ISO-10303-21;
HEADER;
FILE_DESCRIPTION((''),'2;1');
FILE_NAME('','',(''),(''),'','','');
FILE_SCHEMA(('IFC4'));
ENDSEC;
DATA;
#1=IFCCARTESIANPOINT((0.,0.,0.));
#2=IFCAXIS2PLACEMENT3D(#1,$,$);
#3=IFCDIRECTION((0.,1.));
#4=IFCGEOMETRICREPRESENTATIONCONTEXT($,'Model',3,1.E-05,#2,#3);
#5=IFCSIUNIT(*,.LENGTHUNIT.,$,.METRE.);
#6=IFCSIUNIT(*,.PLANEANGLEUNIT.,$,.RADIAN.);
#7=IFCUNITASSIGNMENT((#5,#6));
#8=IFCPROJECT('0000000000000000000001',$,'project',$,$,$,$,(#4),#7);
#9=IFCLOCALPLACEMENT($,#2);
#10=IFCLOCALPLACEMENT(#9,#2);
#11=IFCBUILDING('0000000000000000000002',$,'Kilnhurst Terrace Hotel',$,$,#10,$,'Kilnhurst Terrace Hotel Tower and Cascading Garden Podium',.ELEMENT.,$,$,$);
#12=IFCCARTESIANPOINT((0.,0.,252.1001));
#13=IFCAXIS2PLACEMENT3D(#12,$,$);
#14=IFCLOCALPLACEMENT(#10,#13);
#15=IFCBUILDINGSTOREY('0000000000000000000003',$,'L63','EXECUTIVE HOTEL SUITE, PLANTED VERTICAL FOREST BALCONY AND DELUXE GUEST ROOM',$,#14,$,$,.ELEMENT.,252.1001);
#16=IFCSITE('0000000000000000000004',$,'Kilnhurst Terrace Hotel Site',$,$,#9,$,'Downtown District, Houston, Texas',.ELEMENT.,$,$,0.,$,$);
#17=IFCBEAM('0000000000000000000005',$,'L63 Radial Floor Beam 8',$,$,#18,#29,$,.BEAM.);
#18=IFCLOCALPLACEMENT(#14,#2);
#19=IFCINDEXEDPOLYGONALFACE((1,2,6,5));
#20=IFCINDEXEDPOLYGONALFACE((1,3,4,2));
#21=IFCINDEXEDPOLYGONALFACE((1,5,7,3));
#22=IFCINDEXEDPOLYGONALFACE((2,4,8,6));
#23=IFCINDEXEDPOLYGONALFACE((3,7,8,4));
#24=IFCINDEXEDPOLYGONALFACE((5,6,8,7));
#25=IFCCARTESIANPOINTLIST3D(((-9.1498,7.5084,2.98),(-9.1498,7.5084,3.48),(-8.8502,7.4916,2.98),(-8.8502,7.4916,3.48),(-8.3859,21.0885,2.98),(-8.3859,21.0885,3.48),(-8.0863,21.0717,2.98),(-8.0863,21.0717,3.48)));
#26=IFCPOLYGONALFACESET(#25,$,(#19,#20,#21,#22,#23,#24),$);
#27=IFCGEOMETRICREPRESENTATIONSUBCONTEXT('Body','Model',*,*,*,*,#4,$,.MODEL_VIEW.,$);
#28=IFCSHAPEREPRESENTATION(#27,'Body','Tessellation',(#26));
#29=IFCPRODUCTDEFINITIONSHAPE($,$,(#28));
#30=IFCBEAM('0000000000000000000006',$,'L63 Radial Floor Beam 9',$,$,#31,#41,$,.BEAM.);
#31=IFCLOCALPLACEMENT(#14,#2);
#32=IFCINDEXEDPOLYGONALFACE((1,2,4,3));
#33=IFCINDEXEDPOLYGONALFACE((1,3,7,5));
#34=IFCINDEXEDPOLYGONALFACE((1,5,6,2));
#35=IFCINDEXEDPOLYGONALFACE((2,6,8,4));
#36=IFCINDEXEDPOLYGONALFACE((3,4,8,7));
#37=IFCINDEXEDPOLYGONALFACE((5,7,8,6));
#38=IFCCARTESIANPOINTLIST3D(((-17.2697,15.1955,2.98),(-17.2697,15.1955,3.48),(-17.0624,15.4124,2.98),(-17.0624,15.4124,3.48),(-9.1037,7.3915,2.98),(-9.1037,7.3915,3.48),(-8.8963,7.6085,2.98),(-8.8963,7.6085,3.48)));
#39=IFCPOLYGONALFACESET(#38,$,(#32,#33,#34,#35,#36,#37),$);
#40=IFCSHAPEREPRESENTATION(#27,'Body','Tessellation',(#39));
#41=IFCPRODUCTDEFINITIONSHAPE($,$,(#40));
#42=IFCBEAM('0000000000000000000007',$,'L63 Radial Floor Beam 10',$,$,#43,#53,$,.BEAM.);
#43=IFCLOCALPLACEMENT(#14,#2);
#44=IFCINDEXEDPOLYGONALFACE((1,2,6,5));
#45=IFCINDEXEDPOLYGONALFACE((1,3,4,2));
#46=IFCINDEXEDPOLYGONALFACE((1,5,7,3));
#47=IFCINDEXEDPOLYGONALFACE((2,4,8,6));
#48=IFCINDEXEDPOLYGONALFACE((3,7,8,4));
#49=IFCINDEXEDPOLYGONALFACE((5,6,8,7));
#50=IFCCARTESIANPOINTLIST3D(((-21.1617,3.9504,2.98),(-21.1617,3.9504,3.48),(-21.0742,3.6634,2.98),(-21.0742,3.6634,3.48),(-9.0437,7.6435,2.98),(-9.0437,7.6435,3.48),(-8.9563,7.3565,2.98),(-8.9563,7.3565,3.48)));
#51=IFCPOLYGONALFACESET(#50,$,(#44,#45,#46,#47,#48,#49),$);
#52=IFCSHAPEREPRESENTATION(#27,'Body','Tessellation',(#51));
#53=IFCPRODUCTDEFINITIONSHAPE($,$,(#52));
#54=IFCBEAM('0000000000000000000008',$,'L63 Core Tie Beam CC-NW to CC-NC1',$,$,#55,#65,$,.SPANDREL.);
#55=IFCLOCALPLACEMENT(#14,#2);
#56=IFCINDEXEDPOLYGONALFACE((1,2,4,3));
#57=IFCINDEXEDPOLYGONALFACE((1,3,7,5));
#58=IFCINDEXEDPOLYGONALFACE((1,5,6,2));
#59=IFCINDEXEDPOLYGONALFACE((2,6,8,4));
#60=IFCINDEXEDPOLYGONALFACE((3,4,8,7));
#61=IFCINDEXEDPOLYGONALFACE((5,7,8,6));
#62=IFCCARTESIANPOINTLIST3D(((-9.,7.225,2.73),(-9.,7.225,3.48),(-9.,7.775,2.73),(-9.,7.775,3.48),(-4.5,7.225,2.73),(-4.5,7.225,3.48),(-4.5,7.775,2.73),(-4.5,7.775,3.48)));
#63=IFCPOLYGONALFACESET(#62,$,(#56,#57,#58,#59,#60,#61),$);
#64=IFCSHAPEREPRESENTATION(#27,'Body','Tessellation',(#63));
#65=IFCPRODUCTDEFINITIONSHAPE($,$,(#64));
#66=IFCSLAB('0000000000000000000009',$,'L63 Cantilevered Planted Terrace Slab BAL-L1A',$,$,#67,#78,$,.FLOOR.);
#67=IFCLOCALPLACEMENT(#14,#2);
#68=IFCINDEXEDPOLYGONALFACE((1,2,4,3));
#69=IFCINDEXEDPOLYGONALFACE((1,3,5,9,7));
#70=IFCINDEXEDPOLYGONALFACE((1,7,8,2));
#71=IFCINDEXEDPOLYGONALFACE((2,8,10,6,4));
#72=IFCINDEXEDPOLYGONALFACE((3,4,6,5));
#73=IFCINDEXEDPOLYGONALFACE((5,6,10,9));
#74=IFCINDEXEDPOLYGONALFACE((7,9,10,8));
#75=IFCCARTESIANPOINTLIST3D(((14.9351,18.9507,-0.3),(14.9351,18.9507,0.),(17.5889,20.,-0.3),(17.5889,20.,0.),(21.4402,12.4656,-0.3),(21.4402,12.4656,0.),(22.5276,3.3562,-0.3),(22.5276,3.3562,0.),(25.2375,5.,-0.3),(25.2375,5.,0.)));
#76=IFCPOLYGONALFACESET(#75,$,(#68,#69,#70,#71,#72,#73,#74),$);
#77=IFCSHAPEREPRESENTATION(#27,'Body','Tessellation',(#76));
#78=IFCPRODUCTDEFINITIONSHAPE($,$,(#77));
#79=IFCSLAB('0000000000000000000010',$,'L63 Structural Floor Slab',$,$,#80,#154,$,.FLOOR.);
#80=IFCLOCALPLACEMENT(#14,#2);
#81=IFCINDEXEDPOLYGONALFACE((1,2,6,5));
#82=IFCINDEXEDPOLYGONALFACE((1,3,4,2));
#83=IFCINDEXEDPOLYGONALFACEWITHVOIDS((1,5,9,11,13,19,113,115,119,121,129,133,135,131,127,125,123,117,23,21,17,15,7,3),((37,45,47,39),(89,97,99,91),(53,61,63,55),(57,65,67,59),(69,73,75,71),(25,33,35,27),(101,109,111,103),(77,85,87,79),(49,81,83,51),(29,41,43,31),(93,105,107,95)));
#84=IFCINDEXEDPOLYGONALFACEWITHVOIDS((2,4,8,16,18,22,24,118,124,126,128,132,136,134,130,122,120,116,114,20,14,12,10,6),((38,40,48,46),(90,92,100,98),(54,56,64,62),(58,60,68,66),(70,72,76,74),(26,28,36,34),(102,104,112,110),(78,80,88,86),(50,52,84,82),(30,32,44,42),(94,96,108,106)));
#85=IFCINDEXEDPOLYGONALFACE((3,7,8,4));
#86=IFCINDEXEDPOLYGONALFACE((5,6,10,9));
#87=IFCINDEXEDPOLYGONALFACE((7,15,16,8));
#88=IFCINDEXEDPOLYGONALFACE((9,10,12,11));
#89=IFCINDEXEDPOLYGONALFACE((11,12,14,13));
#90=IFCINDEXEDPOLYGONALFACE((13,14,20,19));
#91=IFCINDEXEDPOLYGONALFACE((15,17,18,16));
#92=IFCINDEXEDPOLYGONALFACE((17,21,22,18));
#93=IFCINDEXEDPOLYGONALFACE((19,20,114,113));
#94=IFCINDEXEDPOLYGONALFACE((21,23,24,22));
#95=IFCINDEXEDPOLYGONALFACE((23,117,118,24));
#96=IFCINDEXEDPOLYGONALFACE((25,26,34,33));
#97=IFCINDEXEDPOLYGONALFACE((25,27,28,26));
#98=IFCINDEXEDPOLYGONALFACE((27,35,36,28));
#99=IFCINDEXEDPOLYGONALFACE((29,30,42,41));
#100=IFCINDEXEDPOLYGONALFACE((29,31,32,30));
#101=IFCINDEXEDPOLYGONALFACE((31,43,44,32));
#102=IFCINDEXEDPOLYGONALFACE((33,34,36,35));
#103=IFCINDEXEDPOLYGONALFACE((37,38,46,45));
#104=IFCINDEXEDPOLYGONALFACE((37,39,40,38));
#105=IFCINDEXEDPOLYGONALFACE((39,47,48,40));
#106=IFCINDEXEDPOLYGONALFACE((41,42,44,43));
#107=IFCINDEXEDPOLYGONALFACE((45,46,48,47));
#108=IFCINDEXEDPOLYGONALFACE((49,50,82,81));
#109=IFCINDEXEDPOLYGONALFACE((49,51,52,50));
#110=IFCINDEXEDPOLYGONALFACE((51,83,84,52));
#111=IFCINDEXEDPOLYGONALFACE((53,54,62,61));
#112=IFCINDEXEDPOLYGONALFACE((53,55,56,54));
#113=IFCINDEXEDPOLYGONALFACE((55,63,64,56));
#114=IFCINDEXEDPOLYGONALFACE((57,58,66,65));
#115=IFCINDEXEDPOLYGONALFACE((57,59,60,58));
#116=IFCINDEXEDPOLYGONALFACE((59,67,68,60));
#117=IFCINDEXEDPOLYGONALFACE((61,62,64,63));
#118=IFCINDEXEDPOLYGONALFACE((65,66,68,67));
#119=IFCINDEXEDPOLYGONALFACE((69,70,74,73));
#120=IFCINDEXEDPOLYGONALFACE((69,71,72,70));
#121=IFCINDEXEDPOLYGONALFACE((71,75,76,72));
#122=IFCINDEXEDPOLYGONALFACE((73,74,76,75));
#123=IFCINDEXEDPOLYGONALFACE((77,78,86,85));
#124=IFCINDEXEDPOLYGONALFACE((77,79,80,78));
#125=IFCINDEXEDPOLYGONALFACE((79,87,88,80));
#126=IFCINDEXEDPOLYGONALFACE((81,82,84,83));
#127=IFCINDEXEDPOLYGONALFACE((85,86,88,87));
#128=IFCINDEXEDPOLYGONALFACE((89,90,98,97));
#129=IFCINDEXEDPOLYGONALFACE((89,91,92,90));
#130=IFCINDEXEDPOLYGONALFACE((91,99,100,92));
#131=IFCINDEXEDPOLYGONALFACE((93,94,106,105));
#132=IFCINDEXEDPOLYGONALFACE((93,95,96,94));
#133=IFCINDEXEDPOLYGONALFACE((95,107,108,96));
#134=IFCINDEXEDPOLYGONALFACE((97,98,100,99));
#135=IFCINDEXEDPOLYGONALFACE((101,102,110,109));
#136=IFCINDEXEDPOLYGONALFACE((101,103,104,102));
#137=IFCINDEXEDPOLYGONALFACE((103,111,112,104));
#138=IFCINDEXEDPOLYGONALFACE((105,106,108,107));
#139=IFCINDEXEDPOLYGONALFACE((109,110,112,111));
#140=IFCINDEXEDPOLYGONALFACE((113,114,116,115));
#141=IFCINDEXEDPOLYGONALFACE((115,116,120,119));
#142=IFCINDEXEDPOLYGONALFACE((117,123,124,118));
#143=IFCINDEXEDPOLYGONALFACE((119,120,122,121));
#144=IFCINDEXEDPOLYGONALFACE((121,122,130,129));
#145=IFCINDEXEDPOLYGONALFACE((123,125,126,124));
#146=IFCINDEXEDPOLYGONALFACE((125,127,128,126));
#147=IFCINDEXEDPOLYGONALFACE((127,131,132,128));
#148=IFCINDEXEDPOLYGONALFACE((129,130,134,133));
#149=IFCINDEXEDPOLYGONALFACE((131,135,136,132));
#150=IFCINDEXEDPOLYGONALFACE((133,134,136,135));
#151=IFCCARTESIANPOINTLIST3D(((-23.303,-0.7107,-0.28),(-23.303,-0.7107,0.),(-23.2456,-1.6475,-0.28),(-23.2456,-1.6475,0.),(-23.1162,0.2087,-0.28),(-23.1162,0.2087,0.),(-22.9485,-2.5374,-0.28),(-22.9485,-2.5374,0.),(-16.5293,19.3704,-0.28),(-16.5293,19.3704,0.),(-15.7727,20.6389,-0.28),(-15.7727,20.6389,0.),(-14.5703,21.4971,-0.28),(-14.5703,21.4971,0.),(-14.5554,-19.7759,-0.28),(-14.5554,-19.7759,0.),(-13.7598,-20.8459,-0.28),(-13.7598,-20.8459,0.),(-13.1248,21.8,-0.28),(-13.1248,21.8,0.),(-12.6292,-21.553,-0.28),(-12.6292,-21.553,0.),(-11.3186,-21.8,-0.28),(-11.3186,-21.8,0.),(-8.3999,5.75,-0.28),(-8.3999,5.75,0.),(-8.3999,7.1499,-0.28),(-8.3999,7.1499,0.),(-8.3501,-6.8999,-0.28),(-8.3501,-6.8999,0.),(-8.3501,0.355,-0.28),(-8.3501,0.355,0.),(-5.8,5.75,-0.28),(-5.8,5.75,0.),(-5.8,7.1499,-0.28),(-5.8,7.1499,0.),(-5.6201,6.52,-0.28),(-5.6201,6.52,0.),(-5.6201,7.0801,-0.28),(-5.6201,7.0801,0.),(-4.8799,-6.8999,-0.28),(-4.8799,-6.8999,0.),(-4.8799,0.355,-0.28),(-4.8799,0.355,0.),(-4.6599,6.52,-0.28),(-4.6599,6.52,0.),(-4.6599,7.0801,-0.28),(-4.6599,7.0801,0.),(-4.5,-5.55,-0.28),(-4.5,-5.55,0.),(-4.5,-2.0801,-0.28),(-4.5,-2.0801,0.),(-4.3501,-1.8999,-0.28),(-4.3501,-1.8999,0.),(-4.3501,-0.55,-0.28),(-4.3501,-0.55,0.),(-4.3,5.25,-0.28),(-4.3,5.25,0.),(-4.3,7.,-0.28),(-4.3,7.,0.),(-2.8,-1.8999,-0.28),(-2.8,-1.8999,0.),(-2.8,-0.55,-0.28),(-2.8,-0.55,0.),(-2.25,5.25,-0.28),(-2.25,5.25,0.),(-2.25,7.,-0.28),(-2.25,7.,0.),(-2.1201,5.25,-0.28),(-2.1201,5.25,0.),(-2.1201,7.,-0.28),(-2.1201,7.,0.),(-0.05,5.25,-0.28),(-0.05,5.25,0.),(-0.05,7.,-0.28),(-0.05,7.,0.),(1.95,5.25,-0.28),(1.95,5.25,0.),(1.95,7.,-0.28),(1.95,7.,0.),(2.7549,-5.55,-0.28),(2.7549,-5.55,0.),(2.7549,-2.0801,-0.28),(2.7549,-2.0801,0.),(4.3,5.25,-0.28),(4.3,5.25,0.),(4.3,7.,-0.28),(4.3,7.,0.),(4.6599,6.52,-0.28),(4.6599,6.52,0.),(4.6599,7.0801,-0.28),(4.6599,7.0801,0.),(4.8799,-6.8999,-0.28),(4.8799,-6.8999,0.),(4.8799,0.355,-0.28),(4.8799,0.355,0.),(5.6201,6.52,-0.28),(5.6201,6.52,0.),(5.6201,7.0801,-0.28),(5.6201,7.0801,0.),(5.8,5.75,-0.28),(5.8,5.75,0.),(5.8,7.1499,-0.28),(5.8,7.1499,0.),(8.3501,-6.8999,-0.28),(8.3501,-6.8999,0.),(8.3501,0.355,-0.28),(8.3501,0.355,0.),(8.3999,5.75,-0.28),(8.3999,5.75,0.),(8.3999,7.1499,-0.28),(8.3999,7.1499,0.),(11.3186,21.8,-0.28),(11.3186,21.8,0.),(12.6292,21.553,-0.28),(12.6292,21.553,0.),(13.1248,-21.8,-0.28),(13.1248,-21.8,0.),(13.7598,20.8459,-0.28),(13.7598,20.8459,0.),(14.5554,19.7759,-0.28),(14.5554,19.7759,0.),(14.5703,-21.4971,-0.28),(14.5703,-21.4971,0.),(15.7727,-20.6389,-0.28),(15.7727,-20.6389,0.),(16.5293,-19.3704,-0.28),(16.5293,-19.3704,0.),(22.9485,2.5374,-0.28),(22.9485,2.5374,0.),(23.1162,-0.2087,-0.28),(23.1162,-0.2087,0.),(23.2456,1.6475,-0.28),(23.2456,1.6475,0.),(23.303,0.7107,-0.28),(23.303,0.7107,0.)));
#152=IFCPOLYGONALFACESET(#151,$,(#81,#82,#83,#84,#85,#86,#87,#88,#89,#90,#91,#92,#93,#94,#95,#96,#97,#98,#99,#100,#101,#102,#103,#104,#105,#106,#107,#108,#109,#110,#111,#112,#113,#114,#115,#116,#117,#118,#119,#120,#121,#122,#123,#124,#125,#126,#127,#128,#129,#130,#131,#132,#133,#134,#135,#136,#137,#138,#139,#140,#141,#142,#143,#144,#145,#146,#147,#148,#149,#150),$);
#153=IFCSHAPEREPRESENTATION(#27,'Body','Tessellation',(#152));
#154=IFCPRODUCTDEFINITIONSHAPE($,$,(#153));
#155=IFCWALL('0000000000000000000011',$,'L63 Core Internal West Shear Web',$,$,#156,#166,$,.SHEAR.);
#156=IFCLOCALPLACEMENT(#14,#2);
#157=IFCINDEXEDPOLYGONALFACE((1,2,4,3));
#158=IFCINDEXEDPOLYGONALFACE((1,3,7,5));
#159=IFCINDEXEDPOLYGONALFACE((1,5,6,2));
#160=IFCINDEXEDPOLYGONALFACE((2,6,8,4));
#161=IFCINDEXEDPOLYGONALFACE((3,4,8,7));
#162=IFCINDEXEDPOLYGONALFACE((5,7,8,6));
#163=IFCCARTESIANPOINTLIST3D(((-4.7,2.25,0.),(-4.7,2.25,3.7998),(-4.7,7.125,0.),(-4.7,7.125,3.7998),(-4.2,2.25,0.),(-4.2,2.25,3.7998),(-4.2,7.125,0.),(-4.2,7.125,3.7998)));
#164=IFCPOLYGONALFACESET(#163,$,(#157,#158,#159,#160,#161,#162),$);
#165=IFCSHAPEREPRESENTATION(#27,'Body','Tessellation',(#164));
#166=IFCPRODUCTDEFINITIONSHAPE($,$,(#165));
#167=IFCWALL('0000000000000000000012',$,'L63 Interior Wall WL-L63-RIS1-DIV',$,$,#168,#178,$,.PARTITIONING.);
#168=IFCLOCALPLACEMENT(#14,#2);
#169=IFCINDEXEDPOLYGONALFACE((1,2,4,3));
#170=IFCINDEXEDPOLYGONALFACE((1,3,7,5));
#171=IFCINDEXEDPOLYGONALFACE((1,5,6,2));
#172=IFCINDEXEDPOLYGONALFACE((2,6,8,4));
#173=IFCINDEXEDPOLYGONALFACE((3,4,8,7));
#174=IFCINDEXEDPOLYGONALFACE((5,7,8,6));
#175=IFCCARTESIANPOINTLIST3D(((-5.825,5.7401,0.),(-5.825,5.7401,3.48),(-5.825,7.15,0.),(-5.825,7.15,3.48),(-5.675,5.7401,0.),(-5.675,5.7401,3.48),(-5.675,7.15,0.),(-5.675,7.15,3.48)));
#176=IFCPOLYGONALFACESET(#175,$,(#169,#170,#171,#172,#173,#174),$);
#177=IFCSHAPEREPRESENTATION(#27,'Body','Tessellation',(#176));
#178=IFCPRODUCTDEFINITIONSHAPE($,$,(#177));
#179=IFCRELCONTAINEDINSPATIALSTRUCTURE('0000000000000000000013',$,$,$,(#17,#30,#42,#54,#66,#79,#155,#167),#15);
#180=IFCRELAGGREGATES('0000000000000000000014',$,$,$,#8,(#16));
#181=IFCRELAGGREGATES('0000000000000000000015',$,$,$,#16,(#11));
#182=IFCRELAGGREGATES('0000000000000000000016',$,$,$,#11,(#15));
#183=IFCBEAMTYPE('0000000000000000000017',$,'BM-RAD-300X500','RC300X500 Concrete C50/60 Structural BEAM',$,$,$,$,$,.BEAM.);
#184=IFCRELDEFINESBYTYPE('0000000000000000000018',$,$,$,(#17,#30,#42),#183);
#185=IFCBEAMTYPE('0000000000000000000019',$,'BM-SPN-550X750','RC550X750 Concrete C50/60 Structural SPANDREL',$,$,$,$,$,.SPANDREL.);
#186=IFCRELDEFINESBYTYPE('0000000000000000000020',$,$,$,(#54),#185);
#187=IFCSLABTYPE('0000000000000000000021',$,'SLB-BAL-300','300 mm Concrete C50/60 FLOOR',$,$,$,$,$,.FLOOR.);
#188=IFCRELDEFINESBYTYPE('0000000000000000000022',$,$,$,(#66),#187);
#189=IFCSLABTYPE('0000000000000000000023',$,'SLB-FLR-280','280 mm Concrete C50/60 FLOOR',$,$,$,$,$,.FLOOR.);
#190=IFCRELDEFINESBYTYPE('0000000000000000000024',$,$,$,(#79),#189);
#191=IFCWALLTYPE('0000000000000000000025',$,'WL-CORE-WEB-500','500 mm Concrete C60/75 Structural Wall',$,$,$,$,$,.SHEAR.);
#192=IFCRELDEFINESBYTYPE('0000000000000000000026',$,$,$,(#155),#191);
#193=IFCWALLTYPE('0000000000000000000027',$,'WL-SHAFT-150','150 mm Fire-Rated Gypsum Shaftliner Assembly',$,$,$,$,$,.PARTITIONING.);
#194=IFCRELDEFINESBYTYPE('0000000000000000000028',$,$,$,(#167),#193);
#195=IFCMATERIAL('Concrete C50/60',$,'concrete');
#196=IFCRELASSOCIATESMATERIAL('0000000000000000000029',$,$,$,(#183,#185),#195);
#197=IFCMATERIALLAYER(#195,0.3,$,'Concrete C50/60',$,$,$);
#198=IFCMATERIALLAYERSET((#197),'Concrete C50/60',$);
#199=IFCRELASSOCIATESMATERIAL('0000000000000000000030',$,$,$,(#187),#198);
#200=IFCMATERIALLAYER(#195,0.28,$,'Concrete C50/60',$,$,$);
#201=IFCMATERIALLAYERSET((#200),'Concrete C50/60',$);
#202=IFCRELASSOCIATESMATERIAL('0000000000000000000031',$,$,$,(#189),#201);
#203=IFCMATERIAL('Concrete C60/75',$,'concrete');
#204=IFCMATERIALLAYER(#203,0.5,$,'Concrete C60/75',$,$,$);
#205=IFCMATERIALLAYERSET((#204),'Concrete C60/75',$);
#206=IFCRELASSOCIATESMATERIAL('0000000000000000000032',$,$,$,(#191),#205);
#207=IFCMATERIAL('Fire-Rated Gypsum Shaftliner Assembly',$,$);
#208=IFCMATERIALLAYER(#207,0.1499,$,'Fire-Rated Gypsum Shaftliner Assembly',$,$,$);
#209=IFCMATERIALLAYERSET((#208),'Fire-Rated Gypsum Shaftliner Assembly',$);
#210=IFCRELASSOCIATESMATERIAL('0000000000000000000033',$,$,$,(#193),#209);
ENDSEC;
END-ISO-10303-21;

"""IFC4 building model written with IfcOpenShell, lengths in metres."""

from ifc_helpers import new_model, si_unit, direction, frame, frame_2d, origin, origin_2d, place, context, subcontext, project, spatial, polyline, rectangle, outline, extrude, material, layer, layer_set, material_profile, profile_set, type_object, element, save


model = new_model("IFC4")

# Units and contexts
model_context = context("Model", 3, precision=1e-05, world=origin(), true_north=direction((0.0, 1.0)))
body_context = subcontext(model_context, "Body", "Model", "MODEL_VIEW")
ifc_project = project(units=[si_unit("LENGTHUNIT", "METRE"), si_unit("PLANEANGLEUNIT", "RADIAN")], contexts=[model_context])

# Site, building, storey
site_placement = place(None, origin())
site = spatial("IfcSite", under=ifc_project, at=site_placement, Name="Kilnhurst Terrace Hotel Site", LongName="Downtown District, Houston, Texas", CompositionType="ELEMENT", RefElevation=0.0)
building_placement = place(site_placement, origin())
building = spatial("IfcBuilding", under=site, at=building_placement, Name="Kilnhurst Terrace Hotel", LongName="Kilnhurst Terrace Hotel Tower and Cascading Garden Podium", CompositionType="ELEMENT")
storey_placement = place(building_placement, frame((0.0, 0.0, 252.1001)))
storey = spatial("IfcBuildingStorey", under=building, at=storey_placement, Name="L63", Description="EXECUTIVE HOTEL SUITE, PLANTED VERTICAL FOREST BALCONY AND DELUXE GUEST ROOM", CompositionType="ELEMENT", Elevation=252.1001)

# Beams
ifc_material_1 = material(Name="Concrete C50/60", Category="concrete")
ifc_material_profile_1 = material_profile(ifc_material_1, rectangle(XDim=0.3, YDim=0.5, at=origin_2d()), Name="RC300X500")
ifc_profile_set_1 = profile_set([ifc_material_profile_1], Name="Concrete C50/60")
beam_type_1 = type_object("IfcBeamType", Name="BM-RAD-300X500", Description="RC300X500 Concrete C50/60 Structural BEAM", PredefinedType="BEAM", material=ifc_profile_set_1)
beam_1_placement = place(storey_placement, frame((-9.0, 7.5, 3.23), z_axis=(0.056164, 0.998422, 0.0), x_axis=(-0.998422, 0.056164, 0.0)))
element("IfcBeam", 1, at=beam_1_placement, inside=storey, type_object=beam_type_1, Name="L63 Radial Floor Beam 8", PredefinedType="BEAM", context=body_context, shape_type="SweptSolid", body=[
    extrude(rectangle(XDim=0.3, YDim=0.5, at=origin_2d()), origin(), (0.0, 0.0, 1.0), 13.6016),
])
beam_2_placement = place(storey_placement, frame((-9.0, 7.5, 3.23), z_axis=(-0.722952, 0.690898, 0.0), x_axis=(-0.690898, -0.722952, 0.0)))
element("IfcBeam", 2, at=beam_2_placement, inside=storey, type_object=beam_type_1, Name="L63 Radial Floor Beam 9", PredefinedType="BEAM", context=body_context, shape_type="SweptSolid", body=[
    extrude(rectangle(XDim=0.3, YDim=0.5, at=origin_2d()), origin(), (0.0, 0.0, 1.0), 11.2954),
])
beam_3_placement = place(storey_placement, frame((-9.0, 7.5, 3.23), z_axis=(-0.956563, -0.291527, 0.0), x_axis=(0.291527, -0.956563, 0.0)))
element("IfcBeam", 3, at=beam_3_placement, inside=storey, type_object=beam_type_1, Name="L63 Radial Floor Beam 10", PredefinedType="BEAM", context=body_context, shape_type="SweptSolid", body=[
    extrude(rectangle(XDim=0.3, YDim=0.5, at=origin_2d()), origin(), (0.0, 0.0, 1.0), 12.6682),
])
ifc_material_profile_2 = material_profile(ifc_material_1, rectangle(XDim=0.55, YDim=0.75, at=origin_2d()), Name="RC550X750")
ifc_profile_set_2 = profile_set([ifc_material_profile_2], Name="Concrete C50/60")
beam_type_2 = type_object("IfcBeamType", Name="BM-SPN-550X750", Description="RC550X750 Concrete C50/60 Structural SPANDREL", PredefinedType="SPANDREL", material=ifc_profile_set_2)
beam_4_placement = place(storey_placement, frame((-9.0, 7.5, 3.105), z_axis=(1.0, 0.0, 0.0), x_axis=(0.0, 1.0, 0.0)))
element("IfcBeam", 4, at=beam_4_placement, inside=storey, type_object=beam_type_2, Name="L63 Core Tie Beam CC-NW to CC-NC1", PredefinedType="SPANDREL", context=body_context, shape_type="SweptSolid", body=[
    extrude(rectangle(XDim=0.55, YDim=0.75, at=origin_2d()), origin(), (0.0, 0.0, 1.0), 4.5),
])

# Slabs
ifc_layer_1 = layer(ifc_material_1, 0.3, Name="Concrete C50/60")
ifc_layer_set_1 = layer_set([ifc_layer_1], Name="Concrete C50/60")
slab_type_1 = type_object("IfcSlabType", Name="SLB-BAL-300", Description="300 mm Concrete C50/60 FLOOR", PredefinedType="FLOOR", material=ifc_layer_set_1)
slab_1_placement = place(storey_placement, frame((0.0, 0.0, -0.3)))
element("IfcSlab", 5, at=slab_1_placement, inside=storey, type_object=slab_type_1, Name="L63 Cantilevered Planted Terrace Slab BAL-L1A", PredefinedType="FLOOR", context=body_context, shape_type="SweptSolid", body=[
    extrude(outline(polyline([(21.4402, 12.4656), (25.2375, 5.0), (22.5276, 3.3562), (14.9351, 18.9507), (17.5889, 20.0), (21.4402, 12.4656)])), origin(), (0.0, 0.0, 1.0), 0.3),
])
ifc_layer_2 = layer(ifc_material_1, 0.28, Name="Concrete C50/60")
ifc_layer_set_2 = layer_set([ifc_layer_2], Name="Concrete C50/60")
slab_type_2 = type_object("IfcSlabType", Name="SLB-FLR-280", Description="280 mm Concrete C50/60 FLOOR", PredefinedType="FLOOR", material=ifc_layer_set_2)
slab_2_placement = place(storey_placement, frame((0.0, 0.0, -0.28)))
element("IfcSlab", 6, at=slab_2_placement, inside=storey, type_object=slab_type_2, Name="L63 Structural Floor Slab", PredefinedType="FLOOR", context=body_context, shape_type="SweptSolid", body=[
    extrude(outline(polyline([(-14.5554, -19.7759), (-13.7598, -20.8459), (-12.6292, -21.553), (-11.3186, -21.8), (13.1248, -21.8), (14.5703, -21.4971), (15.7727, -20.6389), (16.5293, -19.3704), (23.1162, -0.2087), (23.303, 0.7107), (23.2456, 1.6475), (22.9485, 2.5374), (14.5554, 19.7759), (13.7598, 20.8459), (12.6292, 21.553), (11.3186, 21.8), (-13.1248, 21.8), (-14.5703, 21.4971), (-15.7727, 20.6389), (-16.5293, 19.3704), (-23.1162, 0.2087), (-23.303, -0.7107), (-23.2456, -1.6475), (-22.9485, -2.5374), (-14.5554, -19.7759)]), holes=[polyline([(-8.3501, 0.355), (-4.8799, 0.355), (-4.8799, -6.8999), (-8.3501, -6.8999), (-8.3501, 0.355)]), polyline([(-2.8, -1.8999), (-4.3501, -1.8999), (-4.3501, -0.55), (-2.8, -0.55), (-2.8, -1.8999)]), polyline([(-2.25, 5.25), (-4.3, 5.25), (-4.3, 7.0), (-2.25, 7.0), (-2.25, 5.25)]), polyline([(-2.1201, 5.25), (-2.1201, 7.0), (-0.05, 7.0), (-0.05, 5.25), (-2.1201, 5.25)]), polyline([(-8.3999, 5.75), (-8.3999, 7.1499), (-5.8, 7.1499), (-5.8, 5.75), (-8.3999, 5.75)]), polyline([(-4.6599, 6.52), (-5.6201, 6.52), (-5.6201, 7.0801), (-4.6599, 7.0801), (-4.6599, 6.52)]), polyline([(2.7549, -5.55), (-4.5, -5.55), (-4.5, -2.0801), (2.7549, -2.0801), (2.7549, -5.55)]), polyline([(8.3501, 0.355), (8.3501, -6.8999), (4.8799, -6.8999), (4.8799, 0.355), (8.3501, 0.355)]), polyline([(4.3, 5.25), (1.95, 5.25), (1.95, 7.0), (4.3, 7.0), (4.3, 5.25)]), polyline([(5.8, 5.75), (5.8, 7.1499), (8.3999, 7.1499), (8.3999, 5.75), (5.8, 5.75)]), polyline([(4.6599, 6.52), (4.6599, 7.0801), (5.6201, 7.0801), (5.6201, 6.52), (4.6599, 6.52)])]), origin(), (0.0, 0.0, 1.0), 0.28),
])

# Walls
ifc_material_2 = material(Name="Concrete C60/75", Category="concrete")
ifc_layer_3 = layer(ifc_material_2, 0.5, Name="Concrete C60/75")
ifc_layer_set_3 = layer_set([ifc_layer_3], Name="Concrete C60/75")
wall_type_1 = type_object("IfcWallType", Name="WL-CORE-WEB-500", Description="500 mm Concrete C60/75 Structural Wall", PredefinedType="SHEAR", material=ifc_layer_set_3)
wall_1_placement = place(storey_placement, frame((-4.45, 2.25, 0.0), z_axis=(0.0, 0.0, 1.0), x_axis=(0.0, 1.0, 0.0)))
element("IfcWall", 7, at=wall_1_placement, inside=storey, type_object=wall_type_1, Name="L63 Core Internal West Shear Web", PredefinedType="SHEAR", context=body_context, shape_type="SweptSolid", body=[
    extrude(rectangle(XDim=4.875, YDim=0.5, at=frame_2d((2.4375, 0.0))), origin(), (0.0, 0.0, 1.0), 3.7998),
])
ifc_material_3 = material(Name="Fire-Rated Gypsum Shaftliner Assembly")
ifc_layer_4 = layer(ifc_material_3, 0.1499, Name="Fire-Rated Gypsum Shaftliner Assembly")
ifc_layer_set_4 = layer_set([ifc_layer_4], Name="Fire-Rated Gypsum Shaftliner Assembly")
wall_type_2 = type_object("IfcWallType", Name="WL-SHAFT-150", Description="150 mm Fire-Rated Gypsum Shaftliner Assembly", PredefinedType="PARTITIONING", material=ifc_layer_set_4)
wall_2_placement = place(storey_placement, frame((-5.75, 5.74, 0.0), z_axis=(0.0, 0.0, 1.0), x_axis=(0.0, 1.0, 0.0)))
element("IfcWall", 8, at=wall_2_placement, inside=storey, type_object=wall_type_2, Name="L63 Interior Wall WL-L63-RIS1-DIV", PredefinedType="PARTITIONING", context=body_context, shape_type="SweptSolid", body=[
    extrude(rectangle(XDim=1.4099, YDim=0.1499, at=frame_2d((0.7051, 0.0))), origin(), (0.0, 0.0, 1.0), 3.48),
])

save(model, "model.ifc")
